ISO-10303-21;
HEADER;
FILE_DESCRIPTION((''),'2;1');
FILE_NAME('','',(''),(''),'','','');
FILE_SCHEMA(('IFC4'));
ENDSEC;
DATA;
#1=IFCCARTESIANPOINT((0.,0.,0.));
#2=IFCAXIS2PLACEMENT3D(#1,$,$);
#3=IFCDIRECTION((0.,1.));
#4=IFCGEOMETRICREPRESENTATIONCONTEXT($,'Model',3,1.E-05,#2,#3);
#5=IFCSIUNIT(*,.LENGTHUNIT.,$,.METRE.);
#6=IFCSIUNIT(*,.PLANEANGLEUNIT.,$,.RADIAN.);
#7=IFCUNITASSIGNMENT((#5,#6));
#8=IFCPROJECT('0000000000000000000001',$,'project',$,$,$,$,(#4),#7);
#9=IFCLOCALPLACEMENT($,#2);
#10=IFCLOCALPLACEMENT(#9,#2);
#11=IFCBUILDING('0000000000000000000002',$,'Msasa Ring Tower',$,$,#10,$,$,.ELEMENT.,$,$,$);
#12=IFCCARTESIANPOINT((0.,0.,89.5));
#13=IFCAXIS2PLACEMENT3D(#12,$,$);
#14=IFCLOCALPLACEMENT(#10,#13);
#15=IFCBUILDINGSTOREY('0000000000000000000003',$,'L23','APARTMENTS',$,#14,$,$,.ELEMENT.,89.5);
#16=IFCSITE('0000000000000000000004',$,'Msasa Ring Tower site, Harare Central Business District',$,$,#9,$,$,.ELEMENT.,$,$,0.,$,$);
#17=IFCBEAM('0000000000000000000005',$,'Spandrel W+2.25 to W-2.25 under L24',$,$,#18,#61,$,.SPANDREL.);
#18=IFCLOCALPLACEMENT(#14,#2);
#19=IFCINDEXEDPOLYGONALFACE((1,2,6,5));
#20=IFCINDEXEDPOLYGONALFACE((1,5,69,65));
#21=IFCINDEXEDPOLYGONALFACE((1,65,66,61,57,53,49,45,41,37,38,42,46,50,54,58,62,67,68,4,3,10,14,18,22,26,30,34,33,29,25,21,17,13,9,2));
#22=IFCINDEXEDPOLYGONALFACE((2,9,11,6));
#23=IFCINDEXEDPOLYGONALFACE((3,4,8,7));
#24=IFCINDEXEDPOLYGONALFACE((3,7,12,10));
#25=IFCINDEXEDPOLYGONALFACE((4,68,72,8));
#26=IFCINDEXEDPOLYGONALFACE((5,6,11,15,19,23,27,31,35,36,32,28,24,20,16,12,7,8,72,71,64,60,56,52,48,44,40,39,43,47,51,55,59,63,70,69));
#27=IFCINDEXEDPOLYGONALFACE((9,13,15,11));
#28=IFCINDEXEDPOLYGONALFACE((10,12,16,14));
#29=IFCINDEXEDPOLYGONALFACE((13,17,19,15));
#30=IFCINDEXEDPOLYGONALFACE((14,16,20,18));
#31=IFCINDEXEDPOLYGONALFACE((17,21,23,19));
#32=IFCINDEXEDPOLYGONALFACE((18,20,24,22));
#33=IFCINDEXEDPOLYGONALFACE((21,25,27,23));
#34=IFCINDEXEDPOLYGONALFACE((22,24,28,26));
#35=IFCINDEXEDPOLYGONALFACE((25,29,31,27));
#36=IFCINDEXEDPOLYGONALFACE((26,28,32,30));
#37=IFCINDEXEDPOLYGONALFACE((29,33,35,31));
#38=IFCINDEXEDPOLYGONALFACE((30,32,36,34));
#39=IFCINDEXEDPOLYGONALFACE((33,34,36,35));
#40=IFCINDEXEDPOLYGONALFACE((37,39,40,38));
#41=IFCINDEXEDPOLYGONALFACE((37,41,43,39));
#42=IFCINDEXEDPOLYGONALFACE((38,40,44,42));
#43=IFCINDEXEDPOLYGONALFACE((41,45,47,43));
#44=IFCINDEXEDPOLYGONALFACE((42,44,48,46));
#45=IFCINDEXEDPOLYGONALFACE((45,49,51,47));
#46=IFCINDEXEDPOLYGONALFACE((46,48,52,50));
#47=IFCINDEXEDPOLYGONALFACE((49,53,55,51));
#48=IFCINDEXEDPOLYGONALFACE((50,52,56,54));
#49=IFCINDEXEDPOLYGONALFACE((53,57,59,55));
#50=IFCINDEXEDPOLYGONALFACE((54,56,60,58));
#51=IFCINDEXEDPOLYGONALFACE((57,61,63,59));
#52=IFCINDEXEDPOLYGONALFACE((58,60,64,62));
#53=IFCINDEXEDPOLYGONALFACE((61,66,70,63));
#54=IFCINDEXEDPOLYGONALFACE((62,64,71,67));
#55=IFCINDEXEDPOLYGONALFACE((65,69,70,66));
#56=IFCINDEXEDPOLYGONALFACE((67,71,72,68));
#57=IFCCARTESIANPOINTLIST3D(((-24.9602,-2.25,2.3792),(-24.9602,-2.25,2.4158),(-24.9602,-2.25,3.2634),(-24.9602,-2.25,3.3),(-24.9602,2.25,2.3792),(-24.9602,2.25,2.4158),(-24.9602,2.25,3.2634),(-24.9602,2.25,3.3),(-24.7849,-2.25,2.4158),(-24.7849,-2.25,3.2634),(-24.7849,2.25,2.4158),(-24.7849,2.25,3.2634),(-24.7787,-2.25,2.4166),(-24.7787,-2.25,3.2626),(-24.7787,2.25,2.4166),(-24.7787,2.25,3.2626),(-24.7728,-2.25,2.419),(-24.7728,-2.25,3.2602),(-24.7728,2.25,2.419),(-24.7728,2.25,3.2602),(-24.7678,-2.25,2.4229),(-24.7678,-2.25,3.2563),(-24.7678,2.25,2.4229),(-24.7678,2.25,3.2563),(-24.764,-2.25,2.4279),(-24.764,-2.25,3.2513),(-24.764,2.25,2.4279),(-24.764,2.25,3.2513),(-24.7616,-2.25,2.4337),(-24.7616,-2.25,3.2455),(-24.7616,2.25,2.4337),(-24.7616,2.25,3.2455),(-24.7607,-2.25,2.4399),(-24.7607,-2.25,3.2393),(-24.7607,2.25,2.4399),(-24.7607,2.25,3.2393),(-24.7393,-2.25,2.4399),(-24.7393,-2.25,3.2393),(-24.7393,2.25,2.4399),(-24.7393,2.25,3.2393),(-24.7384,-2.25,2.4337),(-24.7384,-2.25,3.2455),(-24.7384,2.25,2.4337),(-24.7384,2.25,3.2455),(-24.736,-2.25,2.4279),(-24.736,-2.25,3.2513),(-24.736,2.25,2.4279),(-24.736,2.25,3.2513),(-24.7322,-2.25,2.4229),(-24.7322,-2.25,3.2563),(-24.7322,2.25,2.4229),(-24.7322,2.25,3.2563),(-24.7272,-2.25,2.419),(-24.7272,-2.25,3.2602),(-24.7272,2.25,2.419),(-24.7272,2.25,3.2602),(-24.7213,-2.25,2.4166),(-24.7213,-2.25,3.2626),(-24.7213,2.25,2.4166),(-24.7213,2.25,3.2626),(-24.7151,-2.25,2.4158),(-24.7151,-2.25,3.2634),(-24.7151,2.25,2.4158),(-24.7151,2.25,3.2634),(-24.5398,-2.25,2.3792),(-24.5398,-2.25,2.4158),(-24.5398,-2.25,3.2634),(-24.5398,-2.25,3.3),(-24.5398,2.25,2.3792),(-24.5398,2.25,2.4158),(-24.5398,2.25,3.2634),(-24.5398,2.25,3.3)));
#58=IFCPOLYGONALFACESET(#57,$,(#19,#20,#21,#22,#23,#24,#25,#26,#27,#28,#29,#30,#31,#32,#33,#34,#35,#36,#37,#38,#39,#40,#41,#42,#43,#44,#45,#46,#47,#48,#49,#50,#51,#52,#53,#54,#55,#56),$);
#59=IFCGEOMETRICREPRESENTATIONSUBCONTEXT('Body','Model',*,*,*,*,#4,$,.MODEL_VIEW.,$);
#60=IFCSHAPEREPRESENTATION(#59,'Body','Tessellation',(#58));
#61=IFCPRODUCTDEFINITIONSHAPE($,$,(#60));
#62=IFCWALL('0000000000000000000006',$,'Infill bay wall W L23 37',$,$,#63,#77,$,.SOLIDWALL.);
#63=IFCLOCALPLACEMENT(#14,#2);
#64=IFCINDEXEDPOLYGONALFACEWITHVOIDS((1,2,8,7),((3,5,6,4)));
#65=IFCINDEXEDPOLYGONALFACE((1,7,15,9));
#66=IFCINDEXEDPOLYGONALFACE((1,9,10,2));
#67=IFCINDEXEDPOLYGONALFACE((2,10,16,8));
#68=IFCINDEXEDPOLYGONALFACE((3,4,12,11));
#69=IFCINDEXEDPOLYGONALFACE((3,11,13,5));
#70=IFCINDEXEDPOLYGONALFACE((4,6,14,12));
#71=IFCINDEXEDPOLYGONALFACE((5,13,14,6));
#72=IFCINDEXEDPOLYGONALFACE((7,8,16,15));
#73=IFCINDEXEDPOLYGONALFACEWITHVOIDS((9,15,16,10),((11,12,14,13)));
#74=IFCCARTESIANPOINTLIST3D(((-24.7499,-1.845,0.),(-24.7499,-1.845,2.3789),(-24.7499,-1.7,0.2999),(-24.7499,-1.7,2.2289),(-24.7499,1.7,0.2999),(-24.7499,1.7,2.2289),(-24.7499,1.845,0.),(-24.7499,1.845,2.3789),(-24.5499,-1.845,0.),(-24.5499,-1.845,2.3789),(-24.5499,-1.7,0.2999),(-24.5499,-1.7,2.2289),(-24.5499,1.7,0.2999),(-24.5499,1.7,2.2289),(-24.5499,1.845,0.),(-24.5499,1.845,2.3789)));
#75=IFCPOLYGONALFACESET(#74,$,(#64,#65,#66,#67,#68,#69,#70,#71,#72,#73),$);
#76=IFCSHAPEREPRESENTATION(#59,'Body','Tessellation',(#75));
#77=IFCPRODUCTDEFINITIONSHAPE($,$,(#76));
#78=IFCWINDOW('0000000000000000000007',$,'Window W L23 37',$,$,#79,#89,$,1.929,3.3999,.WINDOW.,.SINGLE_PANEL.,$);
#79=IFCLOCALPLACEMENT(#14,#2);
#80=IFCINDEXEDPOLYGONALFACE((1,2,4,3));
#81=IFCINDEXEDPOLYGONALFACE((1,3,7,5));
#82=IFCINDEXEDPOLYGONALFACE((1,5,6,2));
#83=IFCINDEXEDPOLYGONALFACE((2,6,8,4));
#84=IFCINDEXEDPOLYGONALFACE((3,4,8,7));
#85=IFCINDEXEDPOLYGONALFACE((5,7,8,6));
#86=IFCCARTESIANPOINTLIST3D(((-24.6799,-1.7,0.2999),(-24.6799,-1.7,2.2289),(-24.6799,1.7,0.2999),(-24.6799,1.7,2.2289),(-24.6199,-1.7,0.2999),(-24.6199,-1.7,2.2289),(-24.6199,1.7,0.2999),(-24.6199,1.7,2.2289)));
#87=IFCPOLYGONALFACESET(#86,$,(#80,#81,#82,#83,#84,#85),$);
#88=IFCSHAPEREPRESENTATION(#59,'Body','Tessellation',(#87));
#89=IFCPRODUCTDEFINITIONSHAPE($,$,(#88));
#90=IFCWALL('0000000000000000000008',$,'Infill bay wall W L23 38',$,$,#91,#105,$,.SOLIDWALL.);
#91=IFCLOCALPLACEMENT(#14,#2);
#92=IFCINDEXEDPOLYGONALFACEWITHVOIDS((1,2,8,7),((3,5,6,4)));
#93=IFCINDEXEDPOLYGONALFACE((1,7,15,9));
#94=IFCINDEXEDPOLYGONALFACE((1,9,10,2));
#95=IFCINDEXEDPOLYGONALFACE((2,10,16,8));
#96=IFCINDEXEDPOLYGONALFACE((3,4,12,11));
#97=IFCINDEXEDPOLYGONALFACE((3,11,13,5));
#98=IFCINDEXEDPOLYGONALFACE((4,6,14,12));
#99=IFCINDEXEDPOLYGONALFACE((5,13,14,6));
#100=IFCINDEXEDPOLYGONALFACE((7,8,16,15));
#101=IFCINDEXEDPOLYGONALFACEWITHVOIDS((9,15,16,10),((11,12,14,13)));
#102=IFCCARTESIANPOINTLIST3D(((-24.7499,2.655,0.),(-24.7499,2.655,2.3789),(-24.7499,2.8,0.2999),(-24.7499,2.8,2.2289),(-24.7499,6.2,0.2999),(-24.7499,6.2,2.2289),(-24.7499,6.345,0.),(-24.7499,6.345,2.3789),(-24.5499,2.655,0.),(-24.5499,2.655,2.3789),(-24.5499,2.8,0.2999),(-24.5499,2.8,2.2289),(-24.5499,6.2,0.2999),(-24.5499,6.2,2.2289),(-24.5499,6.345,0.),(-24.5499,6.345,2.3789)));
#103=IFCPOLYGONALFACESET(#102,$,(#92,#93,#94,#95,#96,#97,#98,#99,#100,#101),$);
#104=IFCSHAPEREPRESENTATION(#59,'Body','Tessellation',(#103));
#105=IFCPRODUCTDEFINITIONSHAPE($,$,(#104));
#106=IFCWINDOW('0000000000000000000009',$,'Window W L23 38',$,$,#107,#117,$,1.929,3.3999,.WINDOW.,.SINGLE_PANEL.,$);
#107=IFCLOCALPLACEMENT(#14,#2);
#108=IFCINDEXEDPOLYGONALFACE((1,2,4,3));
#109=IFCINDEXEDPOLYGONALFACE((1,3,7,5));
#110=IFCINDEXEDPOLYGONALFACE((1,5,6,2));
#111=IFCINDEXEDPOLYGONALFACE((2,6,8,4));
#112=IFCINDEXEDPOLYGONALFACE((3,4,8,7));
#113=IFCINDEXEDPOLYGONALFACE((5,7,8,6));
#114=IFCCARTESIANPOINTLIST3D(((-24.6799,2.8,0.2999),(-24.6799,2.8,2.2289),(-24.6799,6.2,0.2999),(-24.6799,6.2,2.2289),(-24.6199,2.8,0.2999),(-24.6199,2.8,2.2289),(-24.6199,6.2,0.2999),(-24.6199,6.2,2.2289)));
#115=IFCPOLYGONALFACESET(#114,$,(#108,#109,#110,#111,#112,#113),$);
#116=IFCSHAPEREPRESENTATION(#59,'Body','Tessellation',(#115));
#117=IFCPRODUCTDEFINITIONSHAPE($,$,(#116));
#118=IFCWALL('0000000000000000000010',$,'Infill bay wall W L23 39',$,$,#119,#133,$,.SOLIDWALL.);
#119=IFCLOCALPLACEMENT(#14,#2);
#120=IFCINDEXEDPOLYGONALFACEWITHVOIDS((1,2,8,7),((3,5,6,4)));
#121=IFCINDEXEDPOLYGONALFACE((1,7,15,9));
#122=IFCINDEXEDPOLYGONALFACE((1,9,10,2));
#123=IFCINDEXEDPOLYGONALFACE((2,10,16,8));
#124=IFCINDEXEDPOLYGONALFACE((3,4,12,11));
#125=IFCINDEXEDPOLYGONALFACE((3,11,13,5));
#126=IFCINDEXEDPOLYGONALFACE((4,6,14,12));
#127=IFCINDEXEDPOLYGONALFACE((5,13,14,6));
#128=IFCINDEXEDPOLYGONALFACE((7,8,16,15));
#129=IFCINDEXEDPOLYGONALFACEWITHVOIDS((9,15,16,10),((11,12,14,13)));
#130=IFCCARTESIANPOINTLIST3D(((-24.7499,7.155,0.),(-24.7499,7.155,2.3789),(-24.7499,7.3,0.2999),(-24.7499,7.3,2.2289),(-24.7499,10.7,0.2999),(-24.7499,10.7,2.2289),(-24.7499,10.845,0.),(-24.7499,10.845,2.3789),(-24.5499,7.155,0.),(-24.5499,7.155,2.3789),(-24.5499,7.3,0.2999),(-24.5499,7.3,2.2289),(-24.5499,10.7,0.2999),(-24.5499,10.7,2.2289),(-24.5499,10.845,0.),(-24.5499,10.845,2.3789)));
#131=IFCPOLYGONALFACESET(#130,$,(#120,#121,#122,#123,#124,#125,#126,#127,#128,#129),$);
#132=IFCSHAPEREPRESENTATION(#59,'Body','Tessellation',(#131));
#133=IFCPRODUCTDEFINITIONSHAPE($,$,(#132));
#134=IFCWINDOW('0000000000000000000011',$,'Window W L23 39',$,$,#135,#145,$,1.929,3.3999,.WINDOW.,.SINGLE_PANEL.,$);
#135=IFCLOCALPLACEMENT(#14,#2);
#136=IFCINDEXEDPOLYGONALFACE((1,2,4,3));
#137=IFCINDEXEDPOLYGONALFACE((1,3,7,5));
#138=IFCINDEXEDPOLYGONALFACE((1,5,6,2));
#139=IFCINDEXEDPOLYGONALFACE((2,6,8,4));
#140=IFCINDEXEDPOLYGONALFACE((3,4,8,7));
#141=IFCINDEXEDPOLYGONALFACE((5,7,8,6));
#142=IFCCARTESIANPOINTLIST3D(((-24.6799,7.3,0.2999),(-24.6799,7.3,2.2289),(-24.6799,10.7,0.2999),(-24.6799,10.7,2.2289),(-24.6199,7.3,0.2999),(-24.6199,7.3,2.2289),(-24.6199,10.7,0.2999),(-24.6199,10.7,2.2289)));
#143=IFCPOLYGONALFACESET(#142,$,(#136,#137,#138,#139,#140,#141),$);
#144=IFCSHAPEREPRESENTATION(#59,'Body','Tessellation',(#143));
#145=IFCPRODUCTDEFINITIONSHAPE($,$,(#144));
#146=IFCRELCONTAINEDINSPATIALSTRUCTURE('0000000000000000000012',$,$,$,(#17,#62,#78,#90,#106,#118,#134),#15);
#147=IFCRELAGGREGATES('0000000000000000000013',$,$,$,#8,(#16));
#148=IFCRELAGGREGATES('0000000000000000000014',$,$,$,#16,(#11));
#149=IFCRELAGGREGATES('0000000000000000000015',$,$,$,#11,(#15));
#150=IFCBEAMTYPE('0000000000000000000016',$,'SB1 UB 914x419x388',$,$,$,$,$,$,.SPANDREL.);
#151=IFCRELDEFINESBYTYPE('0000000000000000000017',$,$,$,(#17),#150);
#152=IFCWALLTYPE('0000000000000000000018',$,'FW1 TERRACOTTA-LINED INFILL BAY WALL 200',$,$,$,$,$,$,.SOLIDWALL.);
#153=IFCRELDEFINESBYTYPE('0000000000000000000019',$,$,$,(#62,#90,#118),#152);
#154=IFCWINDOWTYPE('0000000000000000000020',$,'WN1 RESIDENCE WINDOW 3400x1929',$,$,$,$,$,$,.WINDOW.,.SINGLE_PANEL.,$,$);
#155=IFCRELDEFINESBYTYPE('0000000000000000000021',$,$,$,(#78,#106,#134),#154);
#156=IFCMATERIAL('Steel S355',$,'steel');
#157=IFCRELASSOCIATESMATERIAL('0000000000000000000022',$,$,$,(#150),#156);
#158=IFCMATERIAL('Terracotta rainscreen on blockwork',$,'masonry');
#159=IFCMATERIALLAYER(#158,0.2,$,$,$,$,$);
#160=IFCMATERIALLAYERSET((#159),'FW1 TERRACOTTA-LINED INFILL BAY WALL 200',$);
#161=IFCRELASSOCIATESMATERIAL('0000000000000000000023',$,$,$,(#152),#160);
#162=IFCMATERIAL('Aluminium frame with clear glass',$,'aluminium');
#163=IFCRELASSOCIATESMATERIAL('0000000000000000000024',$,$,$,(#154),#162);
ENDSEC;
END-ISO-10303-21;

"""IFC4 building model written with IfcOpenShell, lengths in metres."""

from ifc_helpers import new_model, si_unit, direction, frame, frame_2d, origin, origin_2d, place, context, subcontext, project, spatial, rectangle, i_section, extrude, material, layer, layer_set, material_profile, profile_set, type_object, element, fill, save


model = new_model("IFC4")

# Units and contexts
model_context = context("Model", 3, precision=1e-05, world=origin(), true_north=direction((0.0, 1.0)))
body_context = subcontext(model_context, "Body", "Model", "MODEL_VIEW")
ifc_project = project(units=[si_unit("LENGTHUNIT", "METRE"), si_unit("PLANEANGLEUNIT", "RADIAN")], contexts=[model_context])

# Site, building, storey
site_placement = place(None, origin())
site = spatial("IfcSite", under=ifc_project, at=site_placement, Name="Msasa Ring Tower site, Harare Central Business District", CompositionType="ELEMENT", RefElevation=0.0)
building_placement = place(site_placement, origin())
building = spatial("IfcBuilding", under=site, at=building_placement, Name="Msasa Ring Tower", CompositionType="ELEMENT")
storey_placement = place(building_placement, frame((0.0, 0.0, 89.5)))
storey = spatial("IfcBuildingStorey", under=building, at=storey_placement, Name="L23", Description="APARTMENTS", CompositionType="ELEMENT", Elevation=89.5)

# Beam
ifc_material_1 = material(Name="Steel S355", Category="steel")
ifc_material_profile_1 = material_profile(ifc_material_1, i_section(OverallWidth=0.4204, OverallDepth=0.9209, WebThickness=0.0215, FlangeThickness=0.0366, FilletRadius=0.0242, at=origin_2d()), Name="UB 914x419x388")
ifc_profile_set_1 = profile_set([ifc_material_profile_1], Name="Steel S355")
beam_type_1 = type_object("IfcBeamType", Name="SB1 UB 914x419x388", PredefinedType="SPANDREL", material=ifc_profile_set_1)
for number, where, z_axis, x_axis, name in (
    (1, (-24.75, 2.25, 2.8396), (0.0, -1.0, 0.0), (1.0, 0.0, 0.0), "Spandrel W+2.25 to W-2.25 under L24"),
):
    element("IfcBeam", number, at=place(storey_placement, frame(where, z_axis=z_axis, x_axis=x_axis)), inside=storey, type_object=beam_type_1, Name=name, PredefinedType="SPANDREL", context=body_context, shape_type="SweptSolid", body=[
        extrude(i_section(OverallWidth=0.4204, OverallDepth=0.9209, WebThickness=0.0215, FlangeThickness=0.0366, FilletRadius=0.0242, at=origin_2d()), origin(), (0.0, 0.0, 1.0), 4.5),
    ])

# Walls, openings, windows
ifc_material_2 = material(Name="Terracotta rainscreen on blockwork", Category="masonry")
ifc_layer_1 = layer(ifc_material_2, 0.2)
ifc_layer_set_1 = layer_set([ifc_layer_1], Name="FW1 TERRACOTTA-LINED INFILL BAY WALL 200")
wall_type_1 = type_object("IfcWallType", Name="FW1 TERRACOTTA-LINED INFILL BAY WALL 200", PredefinedType="SOLIDWALL", material=ifc_layer_set_1)
wall_1_placement = place(storey_placement, frame((-24.6499, -1.845, 0.0), z_axis=(0.0, 0.0, 1.0), x_axis=(0.0, 1.0, 0.0)))
wall_1 = element("IfcWall", 2, at=wall_1_placement, inside=storey, type_object=wall_type_1, Name="Infill bay wall W L23 37", PredefinedType="SOLIDWALL", context=body_context, shape_type="SweptSolid", body=[
    extrude(rectangle(XDim=3.6899, YDim=0.2, at=frame_2d((1.845, 0.0))), origin(), (0.0, 0.0, 1.0), 2.3789),
])
opening_1_placement = place(wall_1_placement, frame((0.145, 0.0, 0.3)))
opening_1 = element("IfcOpeningElement", 3, at=opening_1_placement, cuts=wall_1, PredefinedType="OPENING", context=body_context, shape_type="SweptSolid", body=[
    extrude(rectangle(XDim=3.3999, YDim=1.929, at=frame_2d((1.7, 0.9644))), frame((0.0, 0.1099, 0.0), z_axis=(0.0, -1.0, 0.0), x_axis=(1.0, 0.0, 0.0)), (0.0, 0.0, 1.0), 0.22),
])
ifc_material_3 = material(Name="Aluminium frame with clear glass", Category="aluminium")
window_type = type_object("IfcWindowType", Name="WN1 RESIDENCE WINDOW 3400x1929", PartitioningType="SINGLE_PANEL", PredefinedType="WINDOW", material=ifc_material_3)
window_1_placement = place(opening_1_placement, origin())
window_1 = element("IfcWindow", 4, at=window_1_placement, inside=storey, type_object=window_type, Name="Window W L23 37", OverallHeight=1.929, OverallWidth=3.3999, PartitioningType="SINGLE_PANEL", PredefinedType="WINDOW", context=body_context, shape_type="SweptSolid", body=[
    extrude(rectangle(XDim=3.3999, YDim=1.929, at=frame_2d((1.7, 0.9644))), frame((0.0, 0.03, 0.0), z_axis=(0.0, -1.0, 0.0), x_axis=(1.0, 0.0, 0.0)), (0.0, 0.0, 1.0), 0.0601),
])
fill(opening_1, window_1)
wall_2_placement = place(storey_placement, frame((-24.6499, 2.655, 0.0), z_axis=(0.0, 0.0, 1.0), x_axis=(0.0, 1.0, 0.0)))
wall_2 = element("IfcWall", 5, at=wall_2_placement, inside=storey, type_object=wall_type_1, Name="Infill bay wall W L23 38", PredefinedType="SOLIDWALL", context=body_context, shape_type="SweptSolid", body=[
    extrude(rectangle(XDim=3.6899, YDim=0.2, at=frame_2d((1.845, 0.0))), origin(), (0.0, 0.0, 1.0), 2.3789),
])
opening_2_placement = place(wall_2_placement, frame((0.145, 0.0, 0.3)))
opening_2 = element("IfcOpeningElement", 6, at=opening_2_placement, cuts=wall_2, PredefinedType="OPENING", context=body_context, shape_type="SweptSolid", body=[
    extrude(rectangle(XDim=3.3999, YDim=1.929, at=frame_2d((1.7, 0.9644))), frame((0.0, 0.1099, 0.0), z_axis=(0.0, -1.0, 0.0), x_axis=(1.0, 0.0, 0.0)), (0.0, 0.0, 1.0), 0.22),
])
window_2_placement = place(opening_2_placement, origin())
window_2 = element("IfcWindow", 7, at=window_2_placement, inside=storey, type_object=window_type, Name="Window W L23 38", OverallHeight=1.929, OverallWidth=3.3999, PartitioningType="SINGLE_PANEL", PredefinedType="WINDOW", context=body_context, shape_type="SweptSolid", body=[
    extrude(rectangle(XDim=3.3999, YDim=1.929, at=frame_2d((1.7, 0.9644))), frame((0.0, 0.03, 0.0), z_axis=(0.0, -1.0, 0.0), x_axis=(1.0, 0.0, 0.0)), (0.0, 0.0, 1.0), 0.0601),
])
fill(opening_2, window_2)
wall_3_placement = place(storey_placement, frame((-24.6499, 7.155, 0.0), z_axis=(0.0, 0.0, 1.0), x_axis=(0.0, 1.0, 0.0)))
wall_3 = element("IfcWall", 8, at=wall_3_placement, inside=storey, type_object=wall_type_1, Name="Infill bay wall W L23 39", PredefinedType="SOLIDWALL", context=body_context, shape_type="SweptSolid", body=[
    extrude(rectangle(XDim=3.6899, YDim=0.2, at=frame_2d((1.845, 0.0))), origin(), (0.0, 0.0, 1.0), 2.3789),
])
opening_3_placement = place(wall_3_placement, frame((0.145, 0.0, 0.3)))
opening_3 = element("IfcOpeningElement", 9, at=opening_3_placement, cuts=wall_3, PredefinedType="OPENING", context=body_context, shape_type="SweptSolid", body=[
    extrude(rectangle(XDim=3.3999, YDim=1.929, at=frame_2d((1.7, 0.9644))), frame((0.0, 0.1099, 0.0), z_axis=(0.0, -1.0, 0.0), x_axis=(1.0, 0.0, 0.0)), (0.0, 0.0, 1.0), 0.22),
])
window_3_placement = place(opening_3_placement, origin())
window_3 = element("IfcWindow", 10, at=window_3_placement, inside=storey, type_object=window_type, Name="Window W L23 39", OverallHeight=1.929, OverallWidth=3.3999, PartitioningType="SINGLE_PANEL", PredefinedType="WINDOW", context=body_context, shape_type="SweptSolid", body=[
    extrude(rectangle(XDim=3.3999, YDim=1.929, at=frame_2d((1.7, 0.9644))), frame((0.0, 0.03, 0.0), z_axis=(0.0, -1.0, 0.0), x_axis=(1.0, 0.0, 0.0)), (0.0, 0.0, 1.0), 0.0601),
])
fill(opening_3, window_3)

save(model, "model.ifc")
